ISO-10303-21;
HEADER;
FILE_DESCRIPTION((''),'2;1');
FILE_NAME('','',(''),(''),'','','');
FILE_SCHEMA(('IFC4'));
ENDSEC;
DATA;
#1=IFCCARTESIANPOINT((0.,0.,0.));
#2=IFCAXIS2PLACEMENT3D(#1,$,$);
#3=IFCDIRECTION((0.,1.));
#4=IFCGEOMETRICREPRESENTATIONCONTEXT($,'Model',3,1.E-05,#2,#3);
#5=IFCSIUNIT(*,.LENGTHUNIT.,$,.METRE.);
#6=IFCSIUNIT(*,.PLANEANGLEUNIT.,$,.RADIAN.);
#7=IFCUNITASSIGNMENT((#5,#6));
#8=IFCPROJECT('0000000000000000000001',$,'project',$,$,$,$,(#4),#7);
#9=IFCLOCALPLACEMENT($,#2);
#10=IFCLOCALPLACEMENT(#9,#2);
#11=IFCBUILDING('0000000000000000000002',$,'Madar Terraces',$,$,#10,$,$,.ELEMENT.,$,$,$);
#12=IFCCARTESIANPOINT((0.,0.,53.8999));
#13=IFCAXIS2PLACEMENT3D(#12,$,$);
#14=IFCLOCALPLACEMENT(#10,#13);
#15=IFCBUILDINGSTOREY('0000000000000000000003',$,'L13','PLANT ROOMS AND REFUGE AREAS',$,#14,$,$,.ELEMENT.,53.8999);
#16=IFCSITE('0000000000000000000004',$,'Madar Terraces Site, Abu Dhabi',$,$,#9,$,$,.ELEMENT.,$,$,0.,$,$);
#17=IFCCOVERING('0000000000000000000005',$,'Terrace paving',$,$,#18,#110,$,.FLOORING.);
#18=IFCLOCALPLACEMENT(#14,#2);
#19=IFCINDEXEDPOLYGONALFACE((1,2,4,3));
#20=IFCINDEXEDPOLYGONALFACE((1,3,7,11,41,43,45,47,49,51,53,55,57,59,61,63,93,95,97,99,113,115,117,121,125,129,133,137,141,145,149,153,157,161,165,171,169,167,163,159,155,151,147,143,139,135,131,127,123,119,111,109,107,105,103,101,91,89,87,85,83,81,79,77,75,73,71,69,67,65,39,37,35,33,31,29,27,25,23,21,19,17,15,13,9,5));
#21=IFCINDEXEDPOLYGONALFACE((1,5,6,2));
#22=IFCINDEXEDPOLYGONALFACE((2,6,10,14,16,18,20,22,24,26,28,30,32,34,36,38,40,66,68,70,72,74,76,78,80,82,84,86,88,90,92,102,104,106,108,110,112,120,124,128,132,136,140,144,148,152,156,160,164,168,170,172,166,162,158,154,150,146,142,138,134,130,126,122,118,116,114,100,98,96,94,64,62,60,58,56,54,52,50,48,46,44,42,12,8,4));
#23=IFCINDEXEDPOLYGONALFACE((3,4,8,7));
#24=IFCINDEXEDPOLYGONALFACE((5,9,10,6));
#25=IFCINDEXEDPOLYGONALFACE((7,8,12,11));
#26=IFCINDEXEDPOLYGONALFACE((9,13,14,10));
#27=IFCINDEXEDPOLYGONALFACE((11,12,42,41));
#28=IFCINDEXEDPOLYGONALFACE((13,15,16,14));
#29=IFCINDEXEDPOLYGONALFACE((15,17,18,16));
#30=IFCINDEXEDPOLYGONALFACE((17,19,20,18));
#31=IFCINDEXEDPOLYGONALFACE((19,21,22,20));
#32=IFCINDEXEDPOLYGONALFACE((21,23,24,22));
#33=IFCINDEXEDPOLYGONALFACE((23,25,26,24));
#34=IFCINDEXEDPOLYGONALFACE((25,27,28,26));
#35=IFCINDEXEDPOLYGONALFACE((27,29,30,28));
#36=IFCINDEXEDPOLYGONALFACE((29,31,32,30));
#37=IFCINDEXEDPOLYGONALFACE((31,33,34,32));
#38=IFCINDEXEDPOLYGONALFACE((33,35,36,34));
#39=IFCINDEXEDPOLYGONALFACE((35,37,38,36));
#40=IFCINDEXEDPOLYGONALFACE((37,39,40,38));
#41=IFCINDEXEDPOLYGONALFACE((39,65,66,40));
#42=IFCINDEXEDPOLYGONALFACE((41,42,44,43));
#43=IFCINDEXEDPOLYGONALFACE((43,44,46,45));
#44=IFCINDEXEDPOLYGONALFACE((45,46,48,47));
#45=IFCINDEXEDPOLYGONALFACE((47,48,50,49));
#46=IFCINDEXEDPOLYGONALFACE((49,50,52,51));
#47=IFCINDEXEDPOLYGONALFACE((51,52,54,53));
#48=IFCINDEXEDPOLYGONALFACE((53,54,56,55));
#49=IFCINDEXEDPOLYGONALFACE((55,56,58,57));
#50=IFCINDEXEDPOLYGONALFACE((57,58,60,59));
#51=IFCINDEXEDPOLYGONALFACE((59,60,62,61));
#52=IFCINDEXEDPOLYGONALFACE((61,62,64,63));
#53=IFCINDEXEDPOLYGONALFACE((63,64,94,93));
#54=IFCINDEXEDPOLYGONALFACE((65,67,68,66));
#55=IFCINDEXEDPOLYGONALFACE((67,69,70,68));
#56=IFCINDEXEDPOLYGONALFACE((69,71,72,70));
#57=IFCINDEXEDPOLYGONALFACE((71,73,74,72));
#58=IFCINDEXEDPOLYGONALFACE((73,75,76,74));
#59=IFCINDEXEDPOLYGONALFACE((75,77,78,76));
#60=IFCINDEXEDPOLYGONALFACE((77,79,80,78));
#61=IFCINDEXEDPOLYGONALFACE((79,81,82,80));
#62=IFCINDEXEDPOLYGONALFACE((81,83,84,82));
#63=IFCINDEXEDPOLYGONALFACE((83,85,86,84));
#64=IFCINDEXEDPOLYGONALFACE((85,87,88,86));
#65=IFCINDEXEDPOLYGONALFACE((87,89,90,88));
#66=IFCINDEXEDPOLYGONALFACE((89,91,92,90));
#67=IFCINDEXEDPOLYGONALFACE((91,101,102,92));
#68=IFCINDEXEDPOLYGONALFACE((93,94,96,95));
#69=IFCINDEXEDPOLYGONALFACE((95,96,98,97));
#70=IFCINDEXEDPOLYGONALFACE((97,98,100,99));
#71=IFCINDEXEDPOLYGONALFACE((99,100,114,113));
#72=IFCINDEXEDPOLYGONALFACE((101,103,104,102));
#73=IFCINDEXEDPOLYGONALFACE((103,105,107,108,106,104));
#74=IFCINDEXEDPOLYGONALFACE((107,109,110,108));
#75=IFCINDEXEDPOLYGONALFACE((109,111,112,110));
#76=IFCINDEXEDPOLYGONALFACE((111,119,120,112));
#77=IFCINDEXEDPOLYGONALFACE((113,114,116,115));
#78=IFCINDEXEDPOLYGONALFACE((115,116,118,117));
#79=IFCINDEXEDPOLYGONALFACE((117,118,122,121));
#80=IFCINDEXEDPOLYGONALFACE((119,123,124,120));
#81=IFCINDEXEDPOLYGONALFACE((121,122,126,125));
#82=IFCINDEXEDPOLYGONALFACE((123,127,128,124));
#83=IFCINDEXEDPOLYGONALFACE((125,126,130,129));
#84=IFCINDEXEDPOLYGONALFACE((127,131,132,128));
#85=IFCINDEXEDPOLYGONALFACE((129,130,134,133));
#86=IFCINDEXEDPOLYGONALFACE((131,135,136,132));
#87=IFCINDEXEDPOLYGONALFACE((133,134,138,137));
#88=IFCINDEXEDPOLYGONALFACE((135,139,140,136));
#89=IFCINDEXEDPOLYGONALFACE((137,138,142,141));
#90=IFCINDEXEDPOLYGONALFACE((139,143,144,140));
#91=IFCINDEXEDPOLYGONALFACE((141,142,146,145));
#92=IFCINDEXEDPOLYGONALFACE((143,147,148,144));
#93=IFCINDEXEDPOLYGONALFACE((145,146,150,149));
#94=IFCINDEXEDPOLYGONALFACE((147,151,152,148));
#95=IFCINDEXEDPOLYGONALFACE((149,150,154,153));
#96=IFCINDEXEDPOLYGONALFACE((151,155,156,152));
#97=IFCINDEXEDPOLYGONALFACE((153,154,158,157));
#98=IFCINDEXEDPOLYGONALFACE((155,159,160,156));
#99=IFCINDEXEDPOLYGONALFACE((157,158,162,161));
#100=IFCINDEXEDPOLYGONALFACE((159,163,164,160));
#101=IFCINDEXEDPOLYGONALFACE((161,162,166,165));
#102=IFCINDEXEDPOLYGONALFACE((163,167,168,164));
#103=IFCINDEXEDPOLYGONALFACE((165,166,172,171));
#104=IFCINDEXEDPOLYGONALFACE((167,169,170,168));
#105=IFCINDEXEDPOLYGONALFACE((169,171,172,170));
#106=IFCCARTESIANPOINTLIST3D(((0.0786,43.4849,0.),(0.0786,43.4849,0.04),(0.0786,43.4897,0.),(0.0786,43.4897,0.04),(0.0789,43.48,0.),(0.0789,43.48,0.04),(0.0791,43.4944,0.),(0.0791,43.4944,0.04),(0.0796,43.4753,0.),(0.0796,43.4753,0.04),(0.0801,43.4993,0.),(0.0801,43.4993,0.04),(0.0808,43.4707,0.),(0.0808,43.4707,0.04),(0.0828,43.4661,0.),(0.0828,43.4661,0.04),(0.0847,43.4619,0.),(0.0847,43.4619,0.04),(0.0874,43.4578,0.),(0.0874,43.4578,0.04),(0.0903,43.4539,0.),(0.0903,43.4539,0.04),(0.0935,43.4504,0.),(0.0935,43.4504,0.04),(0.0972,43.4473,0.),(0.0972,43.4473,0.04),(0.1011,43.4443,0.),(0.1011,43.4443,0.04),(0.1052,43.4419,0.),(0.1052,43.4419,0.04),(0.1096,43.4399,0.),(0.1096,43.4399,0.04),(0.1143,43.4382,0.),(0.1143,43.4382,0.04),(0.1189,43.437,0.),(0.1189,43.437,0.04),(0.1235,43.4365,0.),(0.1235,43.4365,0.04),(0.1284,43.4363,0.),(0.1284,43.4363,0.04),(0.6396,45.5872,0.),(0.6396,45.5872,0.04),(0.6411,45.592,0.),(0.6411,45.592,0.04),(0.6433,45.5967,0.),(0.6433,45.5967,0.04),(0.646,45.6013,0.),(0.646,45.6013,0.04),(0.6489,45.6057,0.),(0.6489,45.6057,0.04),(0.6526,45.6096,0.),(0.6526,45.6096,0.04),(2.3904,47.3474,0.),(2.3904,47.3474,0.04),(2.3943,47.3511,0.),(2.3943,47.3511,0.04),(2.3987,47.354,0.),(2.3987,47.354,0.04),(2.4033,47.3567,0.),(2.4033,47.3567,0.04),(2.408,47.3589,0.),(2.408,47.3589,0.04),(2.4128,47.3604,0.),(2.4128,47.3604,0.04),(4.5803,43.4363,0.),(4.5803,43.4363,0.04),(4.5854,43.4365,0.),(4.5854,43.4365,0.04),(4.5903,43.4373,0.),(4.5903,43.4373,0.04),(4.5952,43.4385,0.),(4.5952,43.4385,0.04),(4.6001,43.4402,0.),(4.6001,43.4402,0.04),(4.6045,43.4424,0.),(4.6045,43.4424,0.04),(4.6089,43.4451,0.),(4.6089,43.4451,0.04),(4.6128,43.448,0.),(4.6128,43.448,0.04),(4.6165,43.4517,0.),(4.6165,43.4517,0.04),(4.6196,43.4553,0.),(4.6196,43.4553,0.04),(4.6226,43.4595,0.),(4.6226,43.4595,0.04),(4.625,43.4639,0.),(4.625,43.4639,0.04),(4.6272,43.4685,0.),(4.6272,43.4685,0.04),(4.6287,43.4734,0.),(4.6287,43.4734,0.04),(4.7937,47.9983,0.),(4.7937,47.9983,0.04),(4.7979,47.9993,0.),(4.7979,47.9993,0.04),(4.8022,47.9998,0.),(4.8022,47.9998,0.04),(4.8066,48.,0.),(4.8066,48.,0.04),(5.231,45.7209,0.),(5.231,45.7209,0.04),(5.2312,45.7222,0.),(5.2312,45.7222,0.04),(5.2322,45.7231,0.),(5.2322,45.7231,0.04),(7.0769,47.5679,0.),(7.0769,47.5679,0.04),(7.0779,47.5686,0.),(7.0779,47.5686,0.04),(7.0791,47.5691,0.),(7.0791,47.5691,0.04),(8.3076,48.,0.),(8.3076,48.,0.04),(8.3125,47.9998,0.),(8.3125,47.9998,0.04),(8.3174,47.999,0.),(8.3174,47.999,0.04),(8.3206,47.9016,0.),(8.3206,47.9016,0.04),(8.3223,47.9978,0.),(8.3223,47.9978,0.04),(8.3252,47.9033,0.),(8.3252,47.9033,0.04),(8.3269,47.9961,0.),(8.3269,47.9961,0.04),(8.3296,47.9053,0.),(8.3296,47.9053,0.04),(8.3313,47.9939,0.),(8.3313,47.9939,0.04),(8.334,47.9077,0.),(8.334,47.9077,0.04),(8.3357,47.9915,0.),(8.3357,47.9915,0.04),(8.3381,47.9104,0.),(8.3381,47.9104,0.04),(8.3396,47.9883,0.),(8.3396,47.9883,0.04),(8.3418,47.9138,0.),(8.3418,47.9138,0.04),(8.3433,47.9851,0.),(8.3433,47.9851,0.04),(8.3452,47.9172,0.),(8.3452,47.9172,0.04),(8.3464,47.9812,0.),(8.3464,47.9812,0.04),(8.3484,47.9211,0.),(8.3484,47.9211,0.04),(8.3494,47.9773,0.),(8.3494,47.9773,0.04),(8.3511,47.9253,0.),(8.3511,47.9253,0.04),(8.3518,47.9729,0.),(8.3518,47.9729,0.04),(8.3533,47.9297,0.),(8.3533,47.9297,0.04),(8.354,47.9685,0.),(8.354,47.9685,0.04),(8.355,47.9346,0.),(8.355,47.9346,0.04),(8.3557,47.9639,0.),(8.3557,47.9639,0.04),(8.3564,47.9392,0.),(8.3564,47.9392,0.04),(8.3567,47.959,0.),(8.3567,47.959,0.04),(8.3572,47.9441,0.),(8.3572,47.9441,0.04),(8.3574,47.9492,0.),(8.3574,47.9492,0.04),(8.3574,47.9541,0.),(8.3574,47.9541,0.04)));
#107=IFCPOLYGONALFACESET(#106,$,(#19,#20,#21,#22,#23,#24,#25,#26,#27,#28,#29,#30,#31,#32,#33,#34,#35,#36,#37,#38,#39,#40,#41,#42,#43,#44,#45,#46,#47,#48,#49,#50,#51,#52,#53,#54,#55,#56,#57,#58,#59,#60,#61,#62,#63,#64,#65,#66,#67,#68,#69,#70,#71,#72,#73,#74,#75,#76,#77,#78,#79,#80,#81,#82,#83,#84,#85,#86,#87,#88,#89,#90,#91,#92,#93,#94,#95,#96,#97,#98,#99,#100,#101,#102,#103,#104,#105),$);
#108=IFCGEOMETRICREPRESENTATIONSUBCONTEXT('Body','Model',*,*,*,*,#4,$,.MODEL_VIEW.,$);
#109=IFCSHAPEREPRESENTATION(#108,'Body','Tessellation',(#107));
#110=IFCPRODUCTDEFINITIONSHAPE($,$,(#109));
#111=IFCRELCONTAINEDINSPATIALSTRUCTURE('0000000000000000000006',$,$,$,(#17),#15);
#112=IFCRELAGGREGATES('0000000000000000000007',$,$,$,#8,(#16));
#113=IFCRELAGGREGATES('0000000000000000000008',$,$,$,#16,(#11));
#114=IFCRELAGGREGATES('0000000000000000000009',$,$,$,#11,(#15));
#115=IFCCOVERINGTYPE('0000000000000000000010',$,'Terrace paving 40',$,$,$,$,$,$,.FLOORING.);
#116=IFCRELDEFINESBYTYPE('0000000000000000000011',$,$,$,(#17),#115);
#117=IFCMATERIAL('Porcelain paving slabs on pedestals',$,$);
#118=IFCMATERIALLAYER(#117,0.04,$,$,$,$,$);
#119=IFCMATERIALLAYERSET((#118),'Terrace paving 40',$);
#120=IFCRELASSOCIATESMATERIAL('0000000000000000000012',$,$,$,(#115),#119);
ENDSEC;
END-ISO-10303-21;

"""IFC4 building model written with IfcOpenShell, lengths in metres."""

from ifc_helpers import new_model, si_unit, direction, frame, origin, place, context, subcontext, project, spatial, polyline, outline, extrude, material, layer, layer_set, type_object, element, save


model = new_model("IFC4")

# Units and contexts
model_context = context("Model", 3, precision=1e-05, world=origin(), true_north=direction((0.0, 1.0)))
body_context = subcontext(model_context, "Body", "Model", "MODEL_VIEW")
ifc_project = project(units=[si_unit("LENGTHUNIT", "METRE"), si_unit("PLANEANGLEUNIT", "RADIAN")], contexts=[model_context])

# Site, building, storey
site_placement = place(None, origin())
site = spatial("IfcSite", under=ifc_project, at=site_placement, Name="Madar Terraces Site, Abu Dhabi", CompositionType="ELEMENT", RefElevation=0.0)
building_placement = place(site_placement, origin())
building = spatial("IfcBuilding", under=site, at=building_placement, Name="Madar Terraces", CompositionType="ELEMENT")
storey_placement = place(building_placement, frame((0.0, 0.0, 53.8999)))
storey = spatial("IfcBuildingStorey", under=building, at=storey_placement, Name="L13", Description="PLANT ROOMS AND REFUGE AREAS", CompositionType="ELEMENT", Elevation=53.8999)

# Covering
ifc_material_1 = material(Name="Porcelain paving slabs on pedestals")
ifc_layer_1 = layer(ifc_material_1, 0.04)
ifc_layer_set_1 = layer_set([ifc_layer_1], Name="Terrace paving 40")
covering_type = type_object("IfcCoveringType", Name="Terrace paving 40", PredefinedType="FLOORING", material=ifc_layer_set_1)
covering_1_placement = place(storey_placement, origin())
element("IfcCovering", 1, at=covering_1_placement, inside=storey, type_object=covering_type, Name="Terrace paving", PredefinedType="FLOORING", context=body_context, shape_type="SweptSolid", body=[
    extrude(outline(polyline([(0.646, 45.6013), (0.6489, 45.6057), (0.6526, 45.6096), (2.3904, 47.3474), (2.3943, 47.3511), (2.3987, 47.354), (2.4033, 47.3567), (2.408, 47.3589), (2.4128, 47.3604), (4.7937, 47.9983), (4.7979, 47.9993), (4.8022, 47.9998), (4.8066, 48.0), (8.3076, 48.0), (8.3125, 47.9998), (8.3174, 47.999), (8.3223, 47.9978), (8.3269, 47.9961), (8.3313, 47.9939), (8.3357, 47.9915), (8.3396, 47.9883), (8.3433, 47.9851), (8.3464, 47.9812), (8.3494, 47.9773), (8.3518, 47.9729), (8.354, 47.9685), (8.3557, 47.9639), (8.3567, 47.959), (8.3574, 47.9541), (8.3574, 47.9492), (8.3572, 47.9441), (8.3564, 47.9392), (8.355, 47.9346), (8.3533, 47.9297), (8.3511, 47.9253), (8.3484, 47.9211), (8.3452, 47.9172), (8.3418, 47.9138), (8.3381, 47.9104), (8.334, 47.9077), (8.3296, 47.9053), (8.3252, 47.9033), (8.3206, 47.9016), (7.0791, 47.5691), (7.0779, 47.5686), (7.0769, 47.5679), (5.2322, 45.7231), (5.2312, 45.7222), (5.231, 45.7209), (4.6287, 43.4734), (4.6272, 43.4685), (4.625, 43.4639), (4.6226, 43.4595), (4.6196, 43.4553), (4.6165, 43.4517), (4.6128, 43.448), (4.6089, 43.4451), (4.6045, 43.4424), (4.6001, 43.4402), (4.5952, 43.4385), (4.5903, 43.4373), (4.5854, 43.4365), (4.5803, 43.4363), (0.1284, 43.4363), (0.1235, 43.4365), (0.1189, 43.437), (0.1143, 43.4382), (0.1096, 43.4399), (0.1052, 43.4419), (0.1011, 43.4443), (0.0972, 43.4473), (0.0935, 43.4504), (0.0903, 43.4539), (0.0874, 43.4578), (0.0847, 43.4619), (0.0828, 43.4661), (0.0808, 43.4707), (0.0796, 43.4753), (0.0789, 43.48), (0.0786, 43.4849), (0.0786, 43.4897), (0.0791, 43.4944), (0.0801, 43.4993), (0.6396, 45.5872), (0.6411, 45.592), (0.6433, 45.5967), (0.646, 45.6013)])), origin(), (0.0, 0.0, 1.0), 0.04),
])

save(model, "model.ifc")
